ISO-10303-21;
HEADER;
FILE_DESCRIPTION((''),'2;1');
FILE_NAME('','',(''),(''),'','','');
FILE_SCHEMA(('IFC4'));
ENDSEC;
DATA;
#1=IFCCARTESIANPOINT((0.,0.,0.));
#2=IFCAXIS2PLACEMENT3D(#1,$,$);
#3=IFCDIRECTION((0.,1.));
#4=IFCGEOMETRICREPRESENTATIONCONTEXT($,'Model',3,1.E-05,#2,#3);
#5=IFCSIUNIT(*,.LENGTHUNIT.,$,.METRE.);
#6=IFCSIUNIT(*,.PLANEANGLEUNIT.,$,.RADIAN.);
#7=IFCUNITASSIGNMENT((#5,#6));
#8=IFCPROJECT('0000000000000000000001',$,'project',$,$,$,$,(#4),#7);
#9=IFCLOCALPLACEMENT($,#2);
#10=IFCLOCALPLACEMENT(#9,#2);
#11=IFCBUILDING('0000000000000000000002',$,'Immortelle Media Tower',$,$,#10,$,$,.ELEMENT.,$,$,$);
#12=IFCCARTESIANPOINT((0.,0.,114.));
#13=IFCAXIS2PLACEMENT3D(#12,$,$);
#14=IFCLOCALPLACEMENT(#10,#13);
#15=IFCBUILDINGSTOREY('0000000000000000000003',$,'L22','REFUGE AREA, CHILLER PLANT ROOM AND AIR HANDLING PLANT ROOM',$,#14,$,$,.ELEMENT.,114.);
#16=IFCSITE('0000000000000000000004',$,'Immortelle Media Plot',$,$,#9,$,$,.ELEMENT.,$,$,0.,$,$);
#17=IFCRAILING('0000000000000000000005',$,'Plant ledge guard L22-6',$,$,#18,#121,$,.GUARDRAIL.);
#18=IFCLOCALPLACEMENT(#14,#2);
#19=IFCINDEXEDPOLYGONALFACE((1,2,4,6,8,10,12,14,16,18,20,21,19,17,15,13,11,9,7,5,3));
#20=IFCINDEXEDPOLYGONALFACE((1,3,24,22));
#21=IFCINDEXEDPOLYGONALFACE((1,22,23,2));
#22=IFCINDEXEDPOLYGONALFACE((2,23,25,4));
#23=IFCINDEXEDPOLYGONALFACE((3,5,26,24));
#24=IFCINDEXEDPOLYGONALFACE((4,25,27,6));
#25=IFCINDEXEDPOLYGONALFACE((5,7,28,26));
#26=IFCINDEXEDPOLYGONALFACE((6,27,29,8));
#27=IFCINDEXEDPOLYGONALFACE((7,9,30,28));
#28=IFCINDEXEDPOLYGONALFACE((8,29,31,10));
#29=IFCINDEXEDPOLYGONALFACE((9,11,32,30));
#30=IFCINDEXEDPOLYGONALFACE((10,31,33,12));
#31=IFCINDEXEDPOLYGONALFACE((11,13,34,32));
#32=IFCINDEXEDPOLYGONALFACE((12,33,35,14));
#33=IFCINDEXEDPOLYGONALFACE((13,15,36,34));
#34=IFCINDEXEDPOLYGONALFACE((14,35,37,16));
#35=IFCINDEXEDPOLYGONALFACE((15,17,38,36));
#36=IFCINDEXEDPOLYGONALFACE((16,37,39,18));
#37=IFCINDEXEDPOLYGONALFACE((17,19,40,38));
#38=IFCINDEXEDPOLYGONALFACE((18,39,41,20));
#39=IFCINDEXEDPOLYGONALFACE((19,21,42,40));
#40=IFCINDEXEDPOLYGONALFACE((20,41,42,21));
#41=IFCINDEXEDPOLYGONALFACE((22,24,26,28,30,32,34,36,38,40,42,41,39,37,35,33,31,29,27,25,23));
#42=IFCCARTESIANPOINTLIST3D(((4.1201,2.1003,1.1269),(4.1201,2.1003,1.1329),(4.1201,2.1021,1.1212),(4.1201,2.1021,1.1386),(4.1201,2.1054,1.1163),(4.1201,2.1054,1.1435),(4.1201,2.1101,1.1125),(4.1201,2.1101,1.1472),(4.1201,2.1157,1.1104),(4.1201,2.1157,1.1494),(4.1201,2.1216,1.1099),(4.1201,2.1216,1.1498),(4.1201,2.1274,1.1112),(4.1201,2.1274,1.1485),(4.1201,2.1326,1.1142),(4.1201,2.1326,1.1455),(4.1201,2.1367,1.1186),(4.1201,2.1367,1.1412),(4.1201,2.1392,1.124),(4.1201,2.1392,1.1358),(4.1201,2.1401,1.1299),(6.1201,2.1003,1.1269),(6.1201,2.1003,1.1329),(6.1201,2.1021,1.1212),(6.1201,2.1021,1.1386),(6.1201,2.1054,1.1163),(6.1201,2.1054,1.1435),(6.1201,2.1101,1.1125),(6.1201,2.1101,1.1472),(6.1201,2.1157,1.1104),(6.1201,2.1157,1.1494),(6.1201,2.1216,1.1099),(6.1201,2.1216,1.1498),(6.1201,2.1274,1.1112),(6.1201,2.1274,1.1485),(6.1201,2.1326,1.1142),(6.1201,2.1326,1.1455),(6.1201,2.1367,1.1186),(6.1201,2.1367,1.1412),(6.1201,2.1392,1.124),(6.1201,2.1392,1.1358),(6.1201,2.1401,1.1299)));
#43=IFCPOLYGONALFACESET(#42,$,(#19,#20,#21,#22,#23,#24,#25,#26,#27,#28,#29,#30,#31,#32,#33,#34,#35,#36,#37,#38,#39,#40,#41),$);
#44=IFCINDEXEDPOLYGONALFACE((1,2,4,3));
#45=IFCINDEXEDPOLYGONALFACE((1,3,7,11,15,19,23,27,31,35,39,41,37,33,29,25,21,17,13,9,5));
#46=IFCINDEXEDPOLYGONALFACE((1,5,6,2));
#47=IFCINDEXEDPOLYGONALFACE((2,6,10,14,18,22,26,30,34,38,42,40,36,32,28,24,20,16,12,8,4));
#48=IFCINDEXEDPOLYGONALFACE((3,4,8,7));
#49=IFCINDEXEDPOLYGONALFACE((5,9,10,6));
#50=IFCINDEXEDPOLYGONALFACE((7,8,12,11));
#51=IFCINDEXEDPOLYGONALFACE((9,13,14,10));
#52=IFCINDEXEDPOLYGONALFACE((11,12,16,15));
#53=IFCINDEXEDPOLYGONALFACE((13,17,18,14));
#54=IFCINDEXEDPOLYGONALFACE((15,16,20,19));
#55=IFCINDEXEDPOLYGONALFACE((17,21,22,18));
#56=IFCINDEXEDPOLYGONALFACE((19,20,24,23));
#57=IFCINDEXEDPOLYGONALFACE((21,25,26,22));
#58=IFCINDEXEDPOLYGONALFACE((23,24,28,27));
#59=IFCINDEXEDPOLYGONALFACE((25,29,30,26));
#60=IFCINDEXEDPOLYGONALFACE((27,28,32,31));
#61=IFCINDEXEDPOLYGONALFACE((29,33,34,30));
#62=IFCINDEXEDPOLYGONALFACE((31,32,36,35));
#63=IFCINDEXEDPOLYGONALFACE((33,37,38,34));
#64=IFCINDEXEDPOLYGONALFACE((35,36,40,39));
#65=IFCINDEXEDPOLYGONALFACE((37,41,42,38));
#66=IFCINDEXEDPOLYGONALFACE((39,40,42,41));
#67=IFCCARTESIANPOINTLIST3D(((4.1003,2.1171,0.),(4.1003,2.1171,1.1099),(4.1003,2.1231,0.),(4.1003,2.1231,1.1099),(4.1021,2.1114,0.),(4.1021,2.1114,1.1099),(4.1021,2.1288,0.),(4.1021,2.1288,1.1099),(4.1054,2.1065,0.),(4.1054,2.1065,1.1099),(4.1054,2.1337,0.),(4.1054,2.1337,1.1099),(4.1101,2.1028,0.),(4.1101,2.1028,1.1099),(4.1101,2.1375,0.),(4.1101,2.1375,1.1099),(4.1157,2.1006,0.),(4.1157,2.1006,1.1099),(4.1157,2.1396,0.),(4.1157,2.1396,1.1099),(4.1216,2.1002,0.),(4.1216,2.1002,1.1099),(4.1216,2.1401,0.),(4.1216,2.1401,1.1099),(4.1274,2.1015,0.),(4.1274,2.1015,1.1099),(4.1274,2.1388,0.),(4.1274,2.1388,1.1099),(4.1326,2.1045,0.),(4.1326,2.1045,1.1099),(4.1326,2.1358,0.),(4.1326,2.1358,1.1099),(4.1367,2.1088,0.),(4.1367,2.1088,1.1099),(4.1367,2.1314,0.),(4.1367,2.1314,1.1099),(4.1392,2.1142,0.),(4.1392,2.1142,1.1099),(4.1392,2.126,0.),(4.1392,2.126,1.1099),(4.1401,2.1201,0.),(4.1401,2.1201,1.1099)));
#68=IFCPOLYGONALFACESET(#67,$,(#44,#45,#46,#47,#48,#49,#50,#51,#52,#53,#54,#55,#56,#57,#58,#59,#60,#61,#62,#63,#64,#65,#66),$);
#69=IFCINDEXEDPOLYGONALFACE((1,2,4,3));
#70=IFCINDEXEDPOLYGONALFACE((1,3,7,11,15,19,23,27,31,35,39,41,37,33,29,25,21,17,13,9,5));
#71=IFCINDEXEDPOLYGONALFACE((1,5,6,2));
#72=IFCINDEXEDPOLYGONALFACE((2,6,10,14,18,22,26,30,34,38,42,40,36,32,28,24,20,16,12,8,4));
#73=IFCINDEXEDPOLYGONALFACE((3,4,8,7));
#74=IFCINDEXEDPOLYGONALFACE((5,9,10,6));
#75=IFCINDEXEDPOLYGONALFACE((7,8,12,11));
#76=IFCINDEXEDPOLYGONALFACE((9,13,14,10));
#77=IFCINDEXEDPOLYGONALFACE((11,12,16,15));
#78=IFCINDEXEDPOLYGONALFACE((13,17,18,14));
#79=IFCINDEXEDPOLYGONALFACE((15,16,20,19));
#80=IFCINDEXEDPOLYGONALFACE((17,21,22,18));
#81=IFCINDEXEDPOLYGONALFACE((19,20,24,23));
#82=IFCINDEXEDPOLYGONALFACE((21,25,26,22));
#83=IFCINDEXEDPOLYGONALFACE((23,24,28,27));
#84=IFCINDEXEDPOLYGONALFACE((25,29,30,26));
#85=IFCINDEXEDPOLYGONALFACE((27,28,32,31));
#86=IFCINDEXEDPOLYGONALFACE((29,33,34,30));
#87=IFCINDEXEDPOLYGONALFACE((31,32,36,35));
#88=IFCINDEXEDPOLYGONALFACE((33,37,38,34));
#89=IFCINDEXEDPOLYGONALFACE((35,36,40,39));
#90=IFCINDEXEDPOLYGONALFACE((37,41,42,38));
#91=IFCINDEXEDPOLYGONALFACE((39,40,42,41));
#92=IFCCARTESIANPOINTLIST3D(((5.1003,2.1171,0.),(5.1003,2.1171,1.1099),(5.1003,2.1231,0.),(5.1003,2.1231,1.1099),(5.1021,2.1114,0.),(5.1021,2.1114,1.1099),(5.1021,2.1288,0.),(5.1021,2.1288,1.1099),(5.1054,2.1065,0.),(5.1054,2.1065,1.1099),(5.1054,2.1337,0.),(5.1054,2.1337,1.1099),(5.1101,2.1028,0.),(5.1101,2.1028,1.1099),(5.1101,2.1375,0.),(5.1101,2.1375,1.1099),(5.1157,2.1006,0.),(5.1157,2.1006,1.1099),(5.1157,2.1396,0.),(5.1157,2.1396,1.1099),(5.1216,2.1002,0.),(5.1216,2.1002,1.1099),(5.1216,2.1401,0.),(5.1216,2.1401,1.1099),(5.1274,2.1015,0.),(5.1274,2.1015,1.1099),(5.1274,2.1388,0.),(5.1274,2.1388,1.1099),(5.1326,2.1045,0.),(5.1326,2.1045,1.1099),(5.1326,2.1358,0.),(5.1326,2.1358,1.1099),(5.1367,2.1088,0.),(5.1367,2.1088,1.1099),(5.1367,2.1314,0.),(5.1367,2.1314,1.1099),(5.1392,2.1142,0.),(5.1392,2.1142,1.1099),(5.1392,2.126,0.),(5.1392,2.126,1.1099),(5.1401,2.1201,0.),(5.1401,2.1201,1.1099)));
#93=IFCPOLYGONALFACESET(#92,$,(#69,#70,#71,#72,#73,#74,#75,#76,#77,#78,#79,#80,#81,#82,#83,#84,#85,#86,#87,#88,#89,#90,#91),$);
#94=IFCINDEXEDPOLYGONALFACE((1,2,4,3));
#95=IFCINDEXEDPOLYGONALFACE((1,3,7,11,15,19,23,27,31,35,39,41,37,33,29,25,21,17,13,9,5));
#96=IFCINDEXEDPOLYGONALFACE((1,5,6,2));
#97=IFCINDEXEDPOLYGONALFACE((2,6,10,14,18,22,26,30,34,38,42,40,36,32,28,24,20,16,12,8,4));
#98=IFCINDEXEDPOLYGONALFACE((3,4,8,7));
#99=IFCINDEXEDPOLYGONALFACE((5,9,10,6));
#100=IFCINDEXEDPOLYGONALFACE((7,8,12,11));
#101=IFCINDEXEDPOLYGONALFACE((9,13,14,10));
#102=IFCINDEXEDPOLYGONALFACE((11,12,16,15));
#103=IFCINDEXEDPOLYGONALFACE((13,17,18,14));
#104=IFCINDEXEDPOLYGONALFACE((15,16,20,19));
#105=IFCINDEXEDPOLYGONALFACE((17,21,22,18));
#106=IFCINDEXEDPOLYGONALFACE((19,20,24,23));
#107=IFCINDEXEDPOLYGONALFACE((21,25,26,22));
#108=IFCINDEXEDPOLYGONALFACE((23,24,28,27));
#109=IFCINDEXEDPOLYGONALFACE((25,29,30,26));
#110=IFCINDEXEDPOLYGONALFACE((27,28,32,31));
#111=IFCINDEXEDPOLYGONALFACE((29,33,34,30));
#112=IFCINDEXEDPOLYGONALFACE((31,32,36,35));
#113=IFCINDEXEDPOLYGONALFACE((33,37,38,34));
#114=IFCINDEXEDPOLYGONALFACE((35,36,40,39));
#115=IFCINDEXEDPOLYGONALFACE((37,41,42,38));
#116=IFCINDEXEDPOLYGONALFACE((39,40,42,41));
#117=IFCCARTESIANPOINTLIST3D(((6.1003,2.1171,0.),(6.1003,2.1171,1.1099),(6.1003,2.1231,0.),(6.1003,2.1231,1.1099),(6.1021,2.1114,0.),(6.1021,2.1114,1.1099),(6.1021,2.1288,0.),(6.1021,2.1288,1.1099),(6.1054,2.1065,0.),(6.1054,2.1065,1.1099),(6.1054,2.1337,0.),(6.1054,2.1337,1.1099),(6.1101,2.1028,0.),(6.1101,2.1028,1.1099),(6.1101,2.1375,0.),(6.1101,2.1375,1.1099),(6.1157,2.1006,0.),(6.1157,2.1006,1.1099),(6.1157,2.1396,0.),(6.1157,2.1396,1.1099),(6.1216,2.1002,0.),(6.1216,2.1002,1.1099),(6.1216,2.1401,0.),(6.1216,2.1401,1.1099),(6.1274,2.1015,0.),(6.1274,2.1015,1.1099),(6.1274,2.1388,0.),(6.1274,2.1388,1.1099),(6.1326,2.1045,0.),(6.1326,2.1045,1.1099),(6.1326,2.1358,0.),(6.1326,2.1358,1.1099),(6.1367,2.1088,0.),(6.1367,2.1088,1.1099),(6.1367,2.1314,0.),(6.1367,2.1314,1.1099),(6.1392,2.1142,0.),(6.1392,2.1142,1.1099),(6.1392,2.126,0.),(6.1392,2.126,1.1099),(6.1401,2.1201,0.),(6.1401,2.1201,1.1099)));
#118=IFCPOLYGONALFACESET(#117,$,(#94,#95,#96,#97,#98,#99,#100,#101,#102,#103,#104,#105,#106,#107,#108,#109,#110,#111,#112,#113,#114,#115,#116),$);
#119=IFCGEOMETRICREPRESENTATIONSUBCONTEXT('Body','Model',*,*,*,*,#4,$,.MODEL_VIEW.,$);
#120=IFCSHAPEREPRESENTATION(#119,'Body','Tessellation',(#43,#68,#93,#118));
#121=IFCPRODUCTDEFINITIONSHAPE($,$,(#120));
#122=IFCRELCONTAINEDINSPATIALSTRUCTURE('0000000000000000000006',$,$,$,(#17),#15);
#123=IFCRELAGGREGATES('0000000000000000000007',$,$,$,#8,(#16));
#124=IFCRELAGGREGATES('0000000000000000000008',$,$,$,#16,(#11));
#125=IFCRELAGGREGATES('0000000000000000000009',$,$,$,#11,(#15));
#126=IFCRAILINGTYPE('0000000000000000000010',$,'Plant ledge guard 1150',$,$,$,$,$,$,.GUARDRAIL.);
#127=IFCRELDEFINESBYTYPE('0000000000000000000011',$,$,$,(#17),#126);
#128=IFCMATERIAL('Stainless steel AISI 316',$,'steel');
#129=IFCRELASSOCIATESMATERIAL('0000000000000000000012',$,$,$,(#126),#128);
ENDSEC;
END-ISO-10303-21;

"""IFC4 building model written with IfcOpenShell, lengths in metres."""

from ifc_helpers import new_model, si_unit, direction, frame, origin, origin_2d, place, context, subcontext, project, spatial, circle, extrude, material, type_object, element, save


model = new_model("IFC4")

# Units and contexts
model_context = context("Model", 3, precision=1e-05, world=origin(), true_north=direction((0.0, 1.0)))
body_context = subcontext(model_context, "Body", "Model", "MODEL_VIEW")
ifc_project = project(units=[si_unit("LENGTHUNIT", "METRE"), si_unit("PLANEANGLEUNIT", "RADIAN")], contexts=[model_context])

# Site, building, storey
site_placement = place(None, origin())
site = spatial("IfcSite", under=ifc_project, at=site_placement, Name="Immortelle Media Plot", CompositionType="ELEMENT", RefElevation=0.0)
building_placement = place(site_placement, origin())
building = spatial("IfcBuilding", under=site, at=building_placement, Name="Immortelle Media Tower", CompositionType="ELEMENT")
storey_placement = place(building_placement, frame((0.0, 0.0, 114.0)))
storey = spatial("IfcBuildingStorey", under=building, at=storey_placement, Name="L22", Description="REFUGE AREA, CHILLER PLANT ROOM AND AIR HANDLING PLANT ROOM", CompositionType="ELEMENT", Elevation=114.0)

# Railing
ifc_material_1 = material(Name="Stainless steel AISI 316", Category="steel")
railing_type = type_object("IfcRailingType", Name="Plant ledge guard 1150", PredefinedType="GUARDRAIL", material=ifc_material_1)
railing_1_placement = place(storey_placement, frame((4.1201, 2.1201, 0.0)))
element("IfcRailing", 1, at=railing_1_placement, inside=storey, type_object=railing_type, Name="Plant ledge guard L22-6", PredefinedType="GUARDRAIL", context=body_context, shape_type="SweptSolid", body=[
    extrude(circle(Radius=0.02, at=origin_2d()), frame((0.0, 0.0, 1.1299), z_axis=(1.0, 0.0, 0.0), x_axis=(0.0, 1.0, 0.0)), (0.0, 0.0, 1.0), 2.0),
    extrude(circle(Radius=0.02, at=origin_2d()), origin(), (0.0, 0.0, 1.0), 1.1099),
    extrude(circle(Radius=0.02, at=origin_2d()), frame((1.0, 0.0, 0.0)), (0.0, 0.0, 1.0), 1.1099),
    extrude(circle(Radius=0.02, at=origin_2d()), frame((2.0, 0.0, 0.0)), (0.0, 0.0, 1.0), 1.1099),
])

save(model, "model.ifc")
